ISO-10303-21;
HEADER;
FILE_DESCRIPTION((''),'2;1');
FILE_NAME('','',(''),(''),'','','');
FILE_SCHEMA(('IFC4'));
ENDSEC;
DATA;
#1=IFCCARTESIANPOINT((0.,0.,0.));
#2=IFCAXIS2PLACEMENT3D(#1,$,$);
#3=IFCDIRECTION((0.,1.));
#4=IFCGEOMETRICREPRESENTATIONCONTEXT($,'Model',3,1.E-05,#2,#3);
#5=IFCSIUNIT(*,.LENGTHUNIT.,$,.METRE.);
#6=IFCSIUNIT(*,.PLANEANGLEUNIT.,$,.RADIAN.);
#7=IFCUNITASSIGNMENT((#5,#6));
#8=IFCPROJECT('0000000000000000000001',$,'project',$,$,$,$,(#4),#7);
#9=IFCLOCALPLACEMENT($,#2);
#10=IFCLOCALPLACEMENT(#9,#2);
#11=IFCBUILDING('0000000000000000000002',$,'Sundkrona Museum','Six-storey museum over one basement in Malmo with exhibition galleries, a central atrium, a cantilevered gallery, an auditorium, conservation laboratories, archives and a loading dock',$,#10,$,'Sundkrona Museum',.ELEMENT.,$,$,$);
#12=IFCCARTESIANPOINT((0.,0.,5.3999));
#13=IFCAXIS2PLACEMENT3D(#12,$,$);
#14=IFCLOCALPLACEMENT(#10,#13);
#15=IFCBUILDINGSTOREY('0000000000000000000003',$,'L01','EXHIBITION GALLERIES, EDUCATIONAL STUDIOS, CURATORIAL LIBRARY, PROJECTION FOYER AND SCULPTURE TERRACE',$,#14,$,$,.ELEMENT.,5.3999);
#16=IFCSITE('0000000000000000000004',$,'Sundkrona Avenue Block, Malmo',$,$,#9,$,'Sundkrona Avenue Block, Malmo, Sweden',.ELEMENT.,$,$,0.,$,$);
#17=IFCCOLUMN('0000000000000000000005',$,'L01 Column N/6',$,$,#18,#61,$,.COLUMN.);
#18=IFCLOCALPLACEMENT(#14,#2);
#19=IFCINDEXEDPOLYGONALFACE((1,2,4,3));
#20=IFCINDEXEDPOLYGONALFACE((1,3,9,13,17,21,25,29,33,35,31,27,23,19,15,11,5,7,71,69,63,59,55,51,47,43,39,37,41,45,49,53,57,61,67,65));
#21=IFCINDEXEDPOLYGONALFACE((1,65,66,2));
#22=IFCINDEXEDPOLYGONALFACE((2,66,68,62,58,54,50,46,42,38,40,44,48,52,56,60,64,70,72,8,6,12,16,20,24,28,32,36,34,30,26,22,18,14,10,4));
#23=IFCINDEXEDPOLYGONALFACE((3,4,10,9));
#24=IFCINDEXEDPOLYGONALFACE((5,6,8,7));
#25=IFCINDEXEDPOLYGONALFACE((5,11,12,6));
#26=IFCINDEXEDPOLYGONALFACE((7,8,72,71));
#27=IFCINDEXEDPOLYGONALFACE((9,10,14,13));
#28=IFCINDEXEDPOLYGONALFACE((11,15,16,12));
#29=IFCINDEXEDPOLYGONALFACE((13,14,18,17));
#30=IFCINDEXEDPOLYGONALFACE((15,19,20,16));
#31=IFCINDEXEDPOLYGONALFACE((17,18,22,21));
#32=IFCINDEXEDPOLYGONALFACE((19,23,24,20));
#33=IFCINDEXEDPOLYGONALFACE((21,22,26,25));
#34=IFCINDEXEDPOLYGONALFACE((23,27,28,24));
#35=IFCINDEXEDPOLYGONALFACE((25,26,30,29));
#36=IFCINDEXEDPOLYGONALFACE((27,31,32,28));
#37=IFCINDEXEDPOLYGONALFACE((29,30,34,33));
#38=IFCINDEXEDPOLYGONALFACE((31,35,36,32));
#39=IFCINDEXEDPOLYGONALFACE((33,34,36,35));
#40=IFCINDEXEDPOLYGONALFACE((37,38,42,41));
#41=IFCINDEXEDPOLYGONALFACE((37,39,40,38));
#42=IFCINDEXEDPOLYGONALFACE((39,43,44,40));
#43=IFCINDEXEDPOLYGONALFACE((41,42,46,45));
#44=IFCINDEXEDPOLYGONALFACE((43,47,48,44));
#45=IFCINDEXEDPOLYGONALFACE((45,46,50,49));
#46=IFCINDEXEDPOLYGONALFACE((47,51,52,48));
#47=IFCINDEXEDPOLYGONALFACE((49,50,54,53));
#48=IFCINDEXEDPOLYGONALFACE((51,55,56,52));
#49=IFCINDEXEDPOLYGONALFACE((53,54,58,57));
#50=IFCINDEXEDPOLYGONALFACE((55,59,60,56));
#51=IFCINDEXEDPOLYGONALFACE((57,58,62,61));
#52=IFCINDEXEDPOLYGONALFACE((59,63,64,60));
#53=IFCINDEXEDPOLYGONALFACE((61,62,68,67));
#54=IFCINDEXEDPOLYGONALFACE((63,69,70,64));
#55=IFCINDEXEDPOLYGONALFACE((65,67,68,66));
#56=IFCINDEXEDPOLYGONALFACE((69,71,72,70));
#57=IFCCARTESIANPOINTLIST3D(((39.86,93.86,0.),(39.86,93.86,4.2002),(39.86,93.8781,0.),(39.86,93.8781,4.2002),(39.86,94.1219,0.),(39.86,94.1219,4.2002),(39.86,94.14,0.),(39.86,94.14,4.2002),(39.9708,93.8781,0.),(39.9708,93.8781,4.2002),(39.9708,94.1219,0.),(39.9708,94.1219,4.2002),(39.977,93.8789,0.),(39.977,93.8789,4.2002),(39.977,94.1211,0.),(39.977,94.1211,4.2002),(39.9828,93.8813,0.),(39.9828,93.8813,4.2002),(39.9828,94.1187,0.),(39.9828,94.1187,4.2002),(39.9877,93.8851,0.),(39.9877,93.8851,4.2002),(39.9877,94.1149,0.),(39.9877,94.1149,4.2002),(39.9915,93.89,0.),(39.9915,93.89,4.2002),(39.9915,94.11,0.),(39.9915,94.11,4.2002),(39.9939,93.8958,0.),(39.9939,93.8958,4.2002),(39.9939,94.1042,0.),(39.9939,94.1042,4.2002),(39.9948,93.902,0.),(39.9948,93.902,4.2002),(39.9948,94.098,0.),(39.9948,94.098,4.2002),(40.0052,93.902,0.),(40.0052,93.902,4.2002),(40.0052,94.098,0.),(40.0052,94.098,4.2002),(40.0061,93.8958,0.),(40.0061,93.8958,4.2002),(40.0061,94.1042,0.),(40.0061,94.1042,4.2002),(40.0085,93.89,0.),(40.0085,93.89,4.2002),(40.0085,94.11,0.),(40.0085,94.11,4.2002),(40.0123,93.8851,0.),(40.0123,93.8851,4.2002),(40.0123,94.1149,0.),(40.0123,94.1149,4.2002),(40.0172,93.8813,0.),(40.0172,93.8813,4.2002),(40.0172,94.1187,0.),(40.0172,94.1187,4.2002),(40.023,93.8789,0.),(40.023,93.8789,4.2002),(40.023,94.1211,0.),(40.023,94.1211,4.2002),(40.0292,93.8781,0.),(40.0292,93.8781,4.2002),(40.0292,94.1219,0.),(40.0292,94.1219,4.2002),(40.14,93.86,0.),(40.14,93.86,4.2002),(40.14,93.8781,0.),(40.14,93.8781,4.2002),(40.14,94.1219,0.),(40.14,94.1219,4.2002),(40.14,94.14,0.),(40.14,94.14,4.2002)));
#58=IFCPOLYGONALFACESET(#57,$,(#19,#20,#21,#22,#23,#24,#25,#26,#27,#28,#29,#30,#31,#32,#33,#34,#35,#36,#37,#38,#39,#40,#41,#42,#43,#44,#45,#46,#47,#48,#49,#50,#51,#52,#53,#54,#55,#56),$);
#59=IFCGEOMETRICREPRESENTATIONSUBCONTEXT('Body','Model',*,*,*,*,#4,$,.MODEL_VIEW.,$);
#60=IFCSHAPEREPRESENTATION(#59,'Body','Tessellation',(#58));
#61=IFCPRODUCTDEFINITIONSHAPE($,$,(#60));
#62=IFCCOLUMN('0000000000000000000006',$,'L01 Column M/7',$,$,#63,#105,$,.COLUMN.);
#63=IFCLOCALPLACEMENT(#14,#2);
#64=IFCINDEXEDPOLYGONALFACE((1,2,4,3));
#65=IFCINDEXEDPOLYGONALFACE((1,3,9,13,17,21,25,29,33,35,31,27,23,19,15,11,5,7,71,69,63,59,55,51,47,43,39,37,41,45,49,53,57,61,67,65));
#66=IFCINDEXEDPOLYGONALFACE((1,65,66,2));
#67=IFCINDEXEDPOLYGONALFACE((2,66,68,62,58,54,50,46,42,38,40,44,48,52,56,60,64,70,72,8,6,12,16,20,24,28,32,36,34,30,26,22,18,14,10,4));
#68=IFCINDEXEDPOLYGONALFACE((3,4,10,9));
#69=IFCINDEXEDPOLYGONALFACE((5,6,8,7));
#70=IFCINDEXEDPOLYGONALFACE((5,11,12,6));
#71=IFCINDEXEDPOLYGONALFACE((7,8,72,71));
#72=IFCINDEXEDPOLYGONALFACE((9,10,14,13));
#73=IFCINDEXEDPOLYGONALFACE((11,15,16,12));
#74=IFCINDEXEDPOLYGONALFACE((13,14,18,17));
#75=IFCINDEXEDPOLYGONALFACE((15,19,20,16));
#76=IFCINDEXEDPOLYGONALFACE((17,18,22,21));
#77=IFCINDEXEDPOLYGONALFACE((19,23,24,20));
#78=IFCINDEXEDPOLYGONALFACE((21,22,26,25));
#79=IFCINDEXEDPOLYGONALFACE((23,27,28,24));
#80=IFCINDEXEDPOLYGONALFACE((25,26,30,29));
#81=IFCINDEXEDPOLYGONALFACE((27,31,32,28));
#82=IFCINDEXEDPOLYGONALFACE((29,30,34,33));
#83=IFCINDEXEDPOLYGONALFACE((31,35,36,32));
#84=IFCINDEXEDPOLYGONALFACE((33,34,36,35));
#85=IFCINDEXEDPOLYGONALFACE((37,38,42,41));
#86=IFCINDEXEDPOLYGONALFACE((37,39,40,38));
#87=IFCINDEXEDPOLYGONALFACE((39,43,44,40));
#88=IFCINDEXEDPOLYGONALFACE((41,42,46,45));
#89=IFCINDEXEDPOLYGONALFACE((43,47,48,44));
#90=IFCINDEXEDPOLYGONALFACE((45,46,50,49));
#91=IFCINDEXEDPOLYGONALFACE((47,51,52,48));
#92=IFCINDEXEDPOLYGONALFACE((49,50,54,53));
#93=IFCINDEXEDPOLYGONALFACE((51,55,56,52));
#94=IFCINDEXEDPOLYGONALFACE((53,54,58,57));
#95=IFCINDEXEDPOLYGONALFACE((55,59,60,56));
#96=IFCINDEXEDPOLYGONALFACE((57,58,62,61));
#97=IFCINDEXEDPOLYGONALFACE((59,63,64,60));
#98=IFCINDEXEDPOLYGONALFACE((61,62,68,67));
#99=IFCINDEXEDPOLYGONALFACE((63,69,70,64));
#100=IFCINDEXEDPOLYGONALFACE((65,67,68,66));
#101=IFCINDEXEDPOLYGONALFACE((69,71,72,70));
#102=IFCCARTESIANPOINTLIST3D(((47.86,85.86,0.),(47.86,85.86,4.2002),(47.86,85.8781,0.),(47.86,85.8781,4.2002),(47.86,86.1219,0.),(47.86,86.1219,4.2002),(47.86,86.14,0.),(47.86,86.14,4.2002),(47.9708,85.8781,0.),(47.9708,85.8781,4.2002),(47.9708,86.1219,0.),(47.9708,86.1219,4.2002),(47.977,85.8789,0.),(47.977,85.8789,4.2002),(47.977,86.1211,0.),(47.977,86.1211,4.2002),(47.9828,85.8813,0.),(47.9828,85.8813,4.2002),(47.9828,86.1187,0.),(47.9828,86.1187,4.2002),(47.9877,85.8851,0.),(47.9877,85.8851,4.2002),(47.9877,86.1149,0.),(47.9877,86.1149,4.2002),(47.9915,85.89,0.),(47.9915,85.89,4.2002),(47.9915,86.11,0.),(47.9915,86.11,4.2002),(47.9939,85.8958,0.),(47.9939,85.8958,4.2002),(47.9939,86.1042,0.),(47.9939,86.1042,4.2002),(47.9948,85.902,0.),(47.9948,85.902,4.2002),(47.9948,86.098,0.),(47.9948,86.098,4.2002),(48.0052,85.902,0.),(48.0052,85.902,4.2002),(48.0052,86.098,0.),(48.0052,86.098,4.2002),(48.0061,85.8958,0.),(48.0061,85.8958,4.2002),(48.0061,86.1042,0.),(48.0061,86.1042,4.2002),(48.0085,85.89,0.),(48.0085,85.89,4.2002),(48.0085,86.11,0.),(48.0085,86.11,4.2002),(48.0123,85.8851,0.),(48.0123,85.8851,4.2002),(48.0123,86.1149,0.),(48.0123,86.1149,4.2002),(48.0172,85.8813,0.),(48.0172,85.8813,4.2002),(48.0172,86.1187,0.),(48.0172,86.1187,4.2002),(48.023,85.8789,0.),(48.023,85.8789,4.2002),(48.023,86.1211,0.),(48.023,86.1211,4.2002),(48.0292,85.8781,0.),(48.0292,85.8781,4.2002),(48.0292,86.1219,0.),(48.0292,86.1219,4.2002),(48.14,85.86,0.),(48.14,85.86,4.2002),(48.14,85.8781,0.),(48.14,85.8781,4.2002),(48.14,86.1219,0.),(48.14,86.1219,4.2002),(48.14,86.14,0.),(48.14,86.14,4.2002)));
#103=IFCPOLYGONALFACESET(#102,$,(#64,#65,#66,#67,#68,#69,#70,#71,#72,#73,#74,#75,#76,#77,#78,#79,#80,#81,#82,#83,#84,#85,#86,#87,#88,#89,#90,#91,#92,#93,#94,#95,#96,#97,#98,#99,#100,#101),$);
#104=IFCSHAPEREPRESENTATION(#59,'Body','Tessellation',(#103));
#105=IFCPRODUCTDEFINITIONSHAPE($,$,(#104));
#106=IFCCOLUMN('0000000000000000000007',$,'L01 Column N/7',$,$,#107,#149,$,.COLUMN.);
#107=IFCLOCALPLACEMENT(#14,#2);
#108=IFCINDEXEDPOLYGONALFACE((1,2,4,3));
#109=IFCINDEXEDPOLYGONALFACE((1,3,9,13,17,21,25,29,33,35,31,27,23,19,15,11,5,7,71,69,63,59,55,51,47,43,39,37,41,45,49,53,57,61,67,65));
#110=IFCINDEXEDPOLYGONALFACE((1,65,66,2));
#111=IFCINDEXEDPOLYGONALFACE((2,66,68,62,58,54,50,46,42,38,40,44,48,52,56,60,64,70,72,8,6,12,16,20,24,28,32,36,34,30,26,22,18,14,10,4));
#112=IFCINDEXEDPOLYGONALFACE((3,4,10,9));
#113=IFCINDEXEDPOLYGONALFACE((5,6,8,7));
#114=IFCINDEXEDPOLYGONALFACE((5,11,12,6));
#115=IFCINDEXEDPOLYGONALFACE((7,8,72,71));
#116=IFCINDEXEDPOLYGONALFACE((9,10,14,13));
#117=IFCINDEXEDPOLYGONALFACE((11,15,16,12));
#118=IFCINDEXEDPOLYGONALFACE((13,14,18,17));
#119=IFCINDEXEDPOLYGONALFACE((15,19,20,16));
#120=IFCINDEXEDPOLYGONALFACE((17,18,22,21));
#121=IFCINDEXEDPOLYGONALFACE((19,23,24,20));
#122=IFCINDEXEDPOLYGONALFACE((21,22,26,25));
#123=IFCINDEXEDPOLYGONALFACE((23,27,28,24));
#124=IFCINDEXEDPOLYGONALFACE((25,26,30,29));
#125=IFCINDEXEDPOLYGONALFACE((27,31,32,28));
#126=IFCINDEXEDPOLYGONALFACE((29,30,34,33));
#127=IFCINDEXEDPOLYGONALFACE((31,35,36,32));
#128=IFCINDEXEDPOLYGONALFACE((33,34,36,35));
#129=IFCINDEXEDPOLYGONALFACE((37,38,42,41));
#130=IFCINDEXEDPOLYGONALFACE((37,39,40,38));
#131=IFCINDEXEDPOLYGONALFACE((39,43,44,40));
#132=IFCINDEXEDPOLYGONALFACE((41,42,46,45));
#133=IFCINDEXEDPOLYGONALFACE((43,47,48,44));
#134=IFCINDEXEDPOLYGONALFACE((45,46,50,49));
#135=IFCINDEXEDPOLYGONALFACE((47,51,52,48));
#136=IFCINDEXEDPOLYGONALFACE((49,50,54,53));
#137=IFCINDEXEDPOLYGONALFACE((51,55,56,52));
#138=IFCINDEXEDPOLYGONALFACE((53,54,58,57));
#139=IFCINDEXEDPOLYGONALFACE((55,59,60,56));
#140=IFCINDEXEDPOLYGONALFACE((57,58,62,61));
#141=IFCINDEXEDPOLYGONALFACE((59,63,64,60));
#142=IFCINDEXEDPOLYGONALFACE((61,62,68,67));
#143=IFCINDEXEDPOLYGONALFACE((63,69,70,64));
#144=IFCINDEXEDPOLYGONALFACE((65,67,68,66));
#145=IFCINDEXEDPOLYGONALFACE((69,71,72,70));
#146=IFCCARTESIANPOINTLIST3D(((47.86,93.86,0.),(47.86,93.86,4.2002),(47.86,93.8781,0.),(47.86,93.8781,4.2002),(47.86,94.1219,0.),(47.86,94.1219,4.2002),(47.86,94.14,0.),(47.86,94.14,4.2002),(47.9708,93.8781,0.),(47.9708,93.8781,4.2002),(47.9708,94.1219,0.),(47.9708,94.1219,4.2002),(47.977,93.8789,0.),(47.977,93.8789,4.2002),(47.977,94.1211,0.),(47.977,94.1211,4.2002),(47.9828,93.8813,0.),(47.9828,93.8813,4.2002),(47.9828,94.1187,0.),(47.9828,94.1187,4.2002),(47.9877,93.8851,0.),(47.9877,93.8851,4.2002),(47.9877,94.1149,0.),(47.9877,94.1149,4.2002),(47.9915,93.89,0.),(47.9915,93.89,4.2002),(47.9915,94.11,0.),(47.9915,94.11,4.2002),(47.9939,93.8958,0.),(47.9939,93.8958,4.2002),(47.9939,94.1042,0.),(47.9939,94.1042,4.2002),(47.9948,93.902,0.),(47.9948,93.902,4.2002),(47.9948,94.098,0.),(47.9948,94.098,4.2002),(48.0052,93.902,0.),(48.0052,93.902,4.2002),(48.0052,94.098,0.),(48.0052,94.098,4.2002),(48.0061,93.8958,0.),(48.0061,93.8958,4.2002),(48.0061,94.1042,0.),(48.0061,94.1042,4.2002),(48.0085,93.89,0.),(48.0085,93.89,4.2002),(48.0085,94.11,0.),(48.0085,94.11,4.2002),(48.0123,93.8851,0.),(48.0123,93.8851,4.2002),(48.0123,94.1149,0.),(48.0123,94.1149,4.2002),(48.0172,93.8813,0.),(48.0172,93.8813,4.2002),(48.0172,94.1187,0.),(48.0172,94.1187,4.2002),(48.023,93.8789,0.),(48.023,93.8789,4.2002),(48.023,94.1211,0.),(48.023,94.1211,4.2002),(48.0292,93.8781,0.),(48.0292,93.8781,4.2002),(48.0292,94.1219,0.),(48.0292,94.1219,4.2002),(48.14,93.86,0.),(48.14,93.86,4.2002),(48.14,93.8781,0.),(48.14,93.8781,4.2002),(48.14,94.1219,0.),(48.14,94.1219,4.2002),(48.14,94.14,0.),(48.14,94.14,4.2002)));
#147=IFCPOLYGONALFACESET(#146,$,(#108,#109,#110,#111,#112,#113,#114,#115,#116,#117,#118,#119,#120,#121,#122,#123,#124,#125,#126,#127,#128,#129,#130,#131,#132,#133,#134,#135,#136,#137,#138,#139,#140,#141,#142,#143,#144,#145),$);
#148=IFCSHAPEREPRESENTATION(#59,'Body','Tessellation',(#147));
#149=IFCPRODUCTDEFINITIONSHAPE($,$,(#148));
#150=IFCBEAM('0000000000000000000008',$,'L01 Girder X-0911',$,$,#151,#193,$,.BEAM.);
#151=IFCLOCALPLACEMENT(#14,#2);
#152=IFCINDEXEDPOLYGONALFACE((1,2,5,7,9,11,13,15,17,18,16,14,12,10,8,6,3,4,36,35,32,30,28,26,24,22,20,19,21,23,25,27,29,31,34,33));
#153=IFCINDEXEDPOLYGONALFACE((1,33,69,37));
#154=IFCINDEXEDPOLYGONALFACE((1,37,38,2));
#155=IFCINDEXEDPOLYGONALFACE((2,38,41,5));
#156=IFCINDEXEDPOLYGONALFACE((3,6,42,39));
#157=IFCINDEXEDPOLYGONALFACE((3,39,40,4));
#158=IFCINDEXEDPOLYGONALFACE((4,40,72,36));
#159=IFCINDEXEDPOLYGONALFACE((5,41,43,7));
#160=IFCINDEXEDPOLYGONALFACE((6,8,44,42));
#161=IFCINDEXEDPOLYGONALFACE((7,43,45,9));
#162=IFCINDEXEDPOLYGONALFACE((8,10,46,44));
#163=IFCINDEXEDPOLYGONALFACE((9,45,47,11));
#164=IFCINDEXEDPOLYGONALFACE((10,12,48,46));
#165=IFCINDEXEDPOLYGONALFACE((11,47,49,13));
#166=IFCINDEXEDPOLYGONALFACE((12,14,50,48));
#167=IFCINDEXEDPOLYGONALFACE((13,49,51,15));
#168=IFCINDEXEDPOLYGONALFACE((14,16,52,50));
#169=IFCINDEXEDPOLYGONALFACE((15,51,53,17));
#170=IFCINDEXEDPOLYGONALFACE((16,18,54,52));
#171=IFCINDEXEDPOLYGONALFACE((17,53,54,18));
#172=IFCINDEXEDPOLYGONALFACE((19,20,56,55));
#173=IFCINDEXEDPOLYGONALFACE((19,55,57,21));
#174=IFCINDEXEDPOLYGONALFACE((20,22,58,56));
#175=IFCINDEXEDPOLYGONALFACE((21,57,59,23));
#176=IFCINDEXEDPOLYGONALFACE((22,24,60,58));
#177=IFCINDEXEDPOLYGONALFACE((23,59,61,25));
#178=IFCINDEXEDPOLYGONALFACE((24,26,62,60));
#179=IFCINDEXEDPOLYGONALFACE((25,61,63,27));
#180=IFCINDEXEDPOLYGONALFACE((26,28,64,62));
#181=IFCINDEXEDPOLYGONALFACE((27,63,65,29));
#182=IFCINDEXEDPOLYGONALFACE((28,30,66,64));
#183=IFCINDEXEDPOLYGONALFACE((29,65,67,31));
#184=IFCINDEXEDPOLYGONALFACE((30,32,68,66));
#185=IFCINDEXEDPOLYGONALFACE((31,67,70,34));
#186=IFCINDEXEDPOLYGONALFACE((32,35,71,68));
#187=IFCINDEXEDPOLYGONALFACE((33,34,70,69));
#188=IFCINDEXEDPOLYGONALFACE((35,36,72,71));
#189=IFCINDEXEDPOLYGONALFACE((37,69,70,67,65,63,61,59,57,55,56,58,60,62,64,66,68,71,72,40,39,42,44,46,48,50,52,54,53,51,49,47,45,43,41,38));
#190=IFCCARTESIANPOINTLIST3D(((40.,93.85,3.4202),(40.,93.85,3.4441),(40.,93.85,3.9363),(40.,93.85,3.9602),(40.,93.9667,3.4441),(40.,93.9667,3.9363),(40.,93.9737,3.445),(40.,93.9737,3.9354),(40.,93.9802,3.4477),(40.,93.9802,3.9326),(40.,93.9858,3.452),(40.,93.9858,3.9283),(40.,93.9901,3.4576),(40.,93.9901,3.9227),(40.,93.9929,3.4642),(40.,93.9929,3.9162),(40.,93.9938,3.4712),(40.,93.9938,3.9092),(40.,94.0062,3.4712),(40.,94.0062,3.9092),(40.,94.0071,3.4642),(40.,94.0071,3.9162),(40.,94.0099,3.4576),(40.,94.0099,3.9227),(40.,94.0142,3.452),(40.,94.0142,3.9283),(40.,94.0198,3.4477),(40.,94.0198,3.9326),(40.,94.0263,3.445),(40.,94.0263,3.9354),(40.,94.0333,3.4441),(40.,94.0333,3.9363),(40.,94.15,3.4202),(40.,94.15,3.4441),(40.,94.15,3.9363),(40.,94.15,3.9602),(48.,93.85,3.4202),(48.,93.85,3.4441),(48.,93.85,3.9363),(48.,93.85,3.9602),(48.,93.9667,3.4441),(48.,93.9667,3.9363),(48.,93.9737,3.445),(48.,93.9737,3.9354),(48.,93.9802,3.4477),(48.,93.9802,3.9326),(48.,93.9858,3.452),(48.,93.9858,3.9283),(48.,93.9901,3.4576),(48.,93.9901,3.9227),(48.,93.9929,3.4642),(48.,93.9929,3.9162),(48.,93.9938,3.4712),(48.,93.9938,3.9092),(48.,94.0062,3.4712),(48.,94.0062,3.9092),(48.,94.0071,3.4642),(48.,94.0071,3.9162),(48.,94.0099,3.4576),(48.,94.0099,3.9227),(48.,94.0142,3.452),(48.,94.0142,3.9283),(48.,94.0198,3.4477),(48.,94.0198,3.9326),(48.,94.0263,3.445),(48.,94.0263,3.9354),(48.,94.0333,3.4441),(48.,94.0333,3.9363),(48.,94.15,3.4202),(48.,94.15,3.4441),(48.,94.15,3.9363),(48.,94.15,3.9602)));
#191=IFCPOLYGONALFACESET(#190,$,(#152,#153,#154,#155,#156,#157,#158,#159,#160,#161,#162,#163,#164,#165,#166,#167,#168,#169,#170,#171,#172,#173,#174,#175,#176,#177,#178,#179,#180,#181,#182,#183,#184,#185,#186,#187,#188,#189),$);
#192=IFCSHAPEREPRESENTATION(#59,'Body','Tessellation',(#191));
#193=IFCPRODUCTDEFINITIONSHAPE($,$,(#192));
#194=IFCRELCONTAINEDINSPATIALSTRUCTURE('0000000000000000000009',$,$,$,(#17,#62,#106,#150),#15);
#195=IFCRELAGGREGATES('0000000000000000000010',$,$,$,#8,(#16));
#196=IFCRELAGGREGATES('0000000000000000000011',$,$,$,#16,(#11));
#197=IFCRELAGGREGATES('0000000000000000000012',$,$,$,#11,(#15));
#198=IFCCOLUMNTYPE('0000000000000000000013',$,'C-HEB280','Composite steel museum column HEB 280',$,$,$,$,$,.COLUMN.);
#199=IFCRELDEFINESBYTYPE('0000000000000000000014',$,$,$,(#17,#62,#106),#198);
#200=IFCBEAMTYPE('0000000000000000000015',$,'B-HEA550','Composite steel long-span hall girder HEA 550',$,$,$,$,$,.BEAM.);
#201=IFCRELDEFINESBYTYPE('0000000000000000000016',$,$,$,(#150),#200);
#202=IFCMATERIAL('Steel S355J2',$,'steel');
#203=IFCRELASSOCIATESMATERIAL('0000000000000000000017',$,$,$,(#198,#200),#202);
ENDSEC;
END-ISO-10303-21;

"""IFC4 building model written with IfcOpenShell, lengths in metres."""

from ifc_helpers import new_model, si_unit, direction, frame, origin, origin_2d, place, context, subcontext, project, spatial, i_section, extrude, material, material_profile, profile_set, type_object, element, save


model = new_model("IFC4")

# Units and contexts
model_context = context("Model", 3, precision=1e-05, world=origin(), true_north=direction((0.0, 1.0)))
body_context = subcontext(model_context, "Body", "Model", "MODEL_VIEW")
ifc_project = project(units=[si_unit("LENGTHUNIT", "METRE"), si_unit("PLANEANGLEUNIT", "RADIAN")], contexts=[model_context])

# Site, building, storey
site_placement = place(None, origin())
site = spatial("IfcSite", under=ifc_project, at=site_placement, Name="Sundkrona Avenue Block, Malmo", LongName="Sundkrona Avenue Block, Malmo, Sweden", CompositionType="ELEMENT", RefElevation=0.0)
building_placement = place(site_placement, origin())
building = spatial("IfcBuilding", under=site, at=building_placement, Name="Sundkrona Museum", Description="Six-storey museum over one basement in Malmo with exhibition galleries, a central atrium, a cantilevered gallery, an auditorium, conservation laboratories, archives and a loading dock", LongName="Sundkrona Museum", CompositionType="ELEMENT")
storey_placement = place(building_placement, frame((0.0, 0.0, 5.3999)))
storey = spatial("IfcBuildingStorey", under=building, at=storey_placement, Name="L01", Description="EXHIBITION GALLERIES, EDUCATIONAL STUDIOS, CURATORIAL LIBRARY, PROJECTION FOYER AND SCULPTURE TERRACE", CompositionType="ELEMENT", Elevation=5.3999)

# Columns
ifc_material_1 = material(Name="Steel S355J2", Category="steel")
ifc_material_profile_1 = material_profile(ifc_material_1, i_section(OverallWidth=0.28, OverallDepth=0.28, WebThickness=0.0105, FlangeThickness=0.0181, FilletRadius=0.0239, at=origin_2d()), Name="HEB 280")
ifc_profile_set_1 = profile_set([ifc_material_profile_1], Name="Steel S355J2")
column_type = type_object("IfcColumnType", Name="C-HEB280", Description="Composite steel museum column HEB 280", PredefinedType="COLUMN", material=ifc_profile_set_1)
for number, where, z_axis, x_axis, name in (
    (1, (40.0, 94.0, 0.0), (0.0, 0.0, 1.0), (1.0, 0.0, 0.0), "L01 Column N/6"),
    (2, (48.0, 86.0, 0.0), (0.0, 0.0, 1.0), (1.0, 0.0, 0.0), "L01 Column M/7"),
    (3, (48.0, 94.0, 0.0), (0.0, 0.0, 1.0), (1.0, 0.0, 0.0), "L01 Column N/7"),
):
    element("IfcColumn", number, at=place(storey_placement, frame(where, z_axis=z_axis, x_axis=x_axis)), inside=storey, type_object=column_type, Name=name, PredefinedType="COLUMN", context=body_context, shape_type="SweptSolid", body=[
        extrude(i_section(OverallWidth=0.28, OverallDepth=0.28, WebThickness=0.0105, FlangeThickness=0.0181, FilletRadius=0.0239, at=origin_2d()), origin(), (0.0, 0.0, 1.0), 4.2002),
    ])

# Beam
ifc_material_profile_2 = material_profile(ifc_material_1, i_section(OverallWidth=0.3, OverallDepth=0.54, WebThickness=0.0125, FlangeThickness=0.0239, FilletRadius=0.0271, at=origin_2d()), Name="HEA 550")
ifc_profile_set_2 = profile_set([ifc_material_profile_2], Name="Steel S355J2")
beam_type_1 = type_object("IfcBeamType", Name="B-HEA550", Description="Composite steel long-span hall girder HEA 550", PredefinedType="BEAM", material=ifc_profile_set_2)
for number, where, z_axis, x_axis, name in (
    (4, (40.0, 94.0, 3.6902), (1.0, 0.0, 0.0), (0.0, 1.0, 0.0), "L01 Girder X-0911"),
):
    element("IfcBeam", number, at=place(storey_placement, frame(where, z_axis=z_axis, x_axis=x_axis)), inside=storey, type_object=beam_type_1, Name=name, PredefinedType="BEAM", context=body_context, shape_type="SweptSolid", body=[
        extrude(i_section(OverallWidth=0.3, OverallDepth=0.54, WebThickness=0.0125, FlangeThickness=0.0239, FilletRadius=0.0271, at=origin_2d()), origin(), (0.0, 0.0, 1.0), 8.0),
    ])

save(model, "model.ifc")
